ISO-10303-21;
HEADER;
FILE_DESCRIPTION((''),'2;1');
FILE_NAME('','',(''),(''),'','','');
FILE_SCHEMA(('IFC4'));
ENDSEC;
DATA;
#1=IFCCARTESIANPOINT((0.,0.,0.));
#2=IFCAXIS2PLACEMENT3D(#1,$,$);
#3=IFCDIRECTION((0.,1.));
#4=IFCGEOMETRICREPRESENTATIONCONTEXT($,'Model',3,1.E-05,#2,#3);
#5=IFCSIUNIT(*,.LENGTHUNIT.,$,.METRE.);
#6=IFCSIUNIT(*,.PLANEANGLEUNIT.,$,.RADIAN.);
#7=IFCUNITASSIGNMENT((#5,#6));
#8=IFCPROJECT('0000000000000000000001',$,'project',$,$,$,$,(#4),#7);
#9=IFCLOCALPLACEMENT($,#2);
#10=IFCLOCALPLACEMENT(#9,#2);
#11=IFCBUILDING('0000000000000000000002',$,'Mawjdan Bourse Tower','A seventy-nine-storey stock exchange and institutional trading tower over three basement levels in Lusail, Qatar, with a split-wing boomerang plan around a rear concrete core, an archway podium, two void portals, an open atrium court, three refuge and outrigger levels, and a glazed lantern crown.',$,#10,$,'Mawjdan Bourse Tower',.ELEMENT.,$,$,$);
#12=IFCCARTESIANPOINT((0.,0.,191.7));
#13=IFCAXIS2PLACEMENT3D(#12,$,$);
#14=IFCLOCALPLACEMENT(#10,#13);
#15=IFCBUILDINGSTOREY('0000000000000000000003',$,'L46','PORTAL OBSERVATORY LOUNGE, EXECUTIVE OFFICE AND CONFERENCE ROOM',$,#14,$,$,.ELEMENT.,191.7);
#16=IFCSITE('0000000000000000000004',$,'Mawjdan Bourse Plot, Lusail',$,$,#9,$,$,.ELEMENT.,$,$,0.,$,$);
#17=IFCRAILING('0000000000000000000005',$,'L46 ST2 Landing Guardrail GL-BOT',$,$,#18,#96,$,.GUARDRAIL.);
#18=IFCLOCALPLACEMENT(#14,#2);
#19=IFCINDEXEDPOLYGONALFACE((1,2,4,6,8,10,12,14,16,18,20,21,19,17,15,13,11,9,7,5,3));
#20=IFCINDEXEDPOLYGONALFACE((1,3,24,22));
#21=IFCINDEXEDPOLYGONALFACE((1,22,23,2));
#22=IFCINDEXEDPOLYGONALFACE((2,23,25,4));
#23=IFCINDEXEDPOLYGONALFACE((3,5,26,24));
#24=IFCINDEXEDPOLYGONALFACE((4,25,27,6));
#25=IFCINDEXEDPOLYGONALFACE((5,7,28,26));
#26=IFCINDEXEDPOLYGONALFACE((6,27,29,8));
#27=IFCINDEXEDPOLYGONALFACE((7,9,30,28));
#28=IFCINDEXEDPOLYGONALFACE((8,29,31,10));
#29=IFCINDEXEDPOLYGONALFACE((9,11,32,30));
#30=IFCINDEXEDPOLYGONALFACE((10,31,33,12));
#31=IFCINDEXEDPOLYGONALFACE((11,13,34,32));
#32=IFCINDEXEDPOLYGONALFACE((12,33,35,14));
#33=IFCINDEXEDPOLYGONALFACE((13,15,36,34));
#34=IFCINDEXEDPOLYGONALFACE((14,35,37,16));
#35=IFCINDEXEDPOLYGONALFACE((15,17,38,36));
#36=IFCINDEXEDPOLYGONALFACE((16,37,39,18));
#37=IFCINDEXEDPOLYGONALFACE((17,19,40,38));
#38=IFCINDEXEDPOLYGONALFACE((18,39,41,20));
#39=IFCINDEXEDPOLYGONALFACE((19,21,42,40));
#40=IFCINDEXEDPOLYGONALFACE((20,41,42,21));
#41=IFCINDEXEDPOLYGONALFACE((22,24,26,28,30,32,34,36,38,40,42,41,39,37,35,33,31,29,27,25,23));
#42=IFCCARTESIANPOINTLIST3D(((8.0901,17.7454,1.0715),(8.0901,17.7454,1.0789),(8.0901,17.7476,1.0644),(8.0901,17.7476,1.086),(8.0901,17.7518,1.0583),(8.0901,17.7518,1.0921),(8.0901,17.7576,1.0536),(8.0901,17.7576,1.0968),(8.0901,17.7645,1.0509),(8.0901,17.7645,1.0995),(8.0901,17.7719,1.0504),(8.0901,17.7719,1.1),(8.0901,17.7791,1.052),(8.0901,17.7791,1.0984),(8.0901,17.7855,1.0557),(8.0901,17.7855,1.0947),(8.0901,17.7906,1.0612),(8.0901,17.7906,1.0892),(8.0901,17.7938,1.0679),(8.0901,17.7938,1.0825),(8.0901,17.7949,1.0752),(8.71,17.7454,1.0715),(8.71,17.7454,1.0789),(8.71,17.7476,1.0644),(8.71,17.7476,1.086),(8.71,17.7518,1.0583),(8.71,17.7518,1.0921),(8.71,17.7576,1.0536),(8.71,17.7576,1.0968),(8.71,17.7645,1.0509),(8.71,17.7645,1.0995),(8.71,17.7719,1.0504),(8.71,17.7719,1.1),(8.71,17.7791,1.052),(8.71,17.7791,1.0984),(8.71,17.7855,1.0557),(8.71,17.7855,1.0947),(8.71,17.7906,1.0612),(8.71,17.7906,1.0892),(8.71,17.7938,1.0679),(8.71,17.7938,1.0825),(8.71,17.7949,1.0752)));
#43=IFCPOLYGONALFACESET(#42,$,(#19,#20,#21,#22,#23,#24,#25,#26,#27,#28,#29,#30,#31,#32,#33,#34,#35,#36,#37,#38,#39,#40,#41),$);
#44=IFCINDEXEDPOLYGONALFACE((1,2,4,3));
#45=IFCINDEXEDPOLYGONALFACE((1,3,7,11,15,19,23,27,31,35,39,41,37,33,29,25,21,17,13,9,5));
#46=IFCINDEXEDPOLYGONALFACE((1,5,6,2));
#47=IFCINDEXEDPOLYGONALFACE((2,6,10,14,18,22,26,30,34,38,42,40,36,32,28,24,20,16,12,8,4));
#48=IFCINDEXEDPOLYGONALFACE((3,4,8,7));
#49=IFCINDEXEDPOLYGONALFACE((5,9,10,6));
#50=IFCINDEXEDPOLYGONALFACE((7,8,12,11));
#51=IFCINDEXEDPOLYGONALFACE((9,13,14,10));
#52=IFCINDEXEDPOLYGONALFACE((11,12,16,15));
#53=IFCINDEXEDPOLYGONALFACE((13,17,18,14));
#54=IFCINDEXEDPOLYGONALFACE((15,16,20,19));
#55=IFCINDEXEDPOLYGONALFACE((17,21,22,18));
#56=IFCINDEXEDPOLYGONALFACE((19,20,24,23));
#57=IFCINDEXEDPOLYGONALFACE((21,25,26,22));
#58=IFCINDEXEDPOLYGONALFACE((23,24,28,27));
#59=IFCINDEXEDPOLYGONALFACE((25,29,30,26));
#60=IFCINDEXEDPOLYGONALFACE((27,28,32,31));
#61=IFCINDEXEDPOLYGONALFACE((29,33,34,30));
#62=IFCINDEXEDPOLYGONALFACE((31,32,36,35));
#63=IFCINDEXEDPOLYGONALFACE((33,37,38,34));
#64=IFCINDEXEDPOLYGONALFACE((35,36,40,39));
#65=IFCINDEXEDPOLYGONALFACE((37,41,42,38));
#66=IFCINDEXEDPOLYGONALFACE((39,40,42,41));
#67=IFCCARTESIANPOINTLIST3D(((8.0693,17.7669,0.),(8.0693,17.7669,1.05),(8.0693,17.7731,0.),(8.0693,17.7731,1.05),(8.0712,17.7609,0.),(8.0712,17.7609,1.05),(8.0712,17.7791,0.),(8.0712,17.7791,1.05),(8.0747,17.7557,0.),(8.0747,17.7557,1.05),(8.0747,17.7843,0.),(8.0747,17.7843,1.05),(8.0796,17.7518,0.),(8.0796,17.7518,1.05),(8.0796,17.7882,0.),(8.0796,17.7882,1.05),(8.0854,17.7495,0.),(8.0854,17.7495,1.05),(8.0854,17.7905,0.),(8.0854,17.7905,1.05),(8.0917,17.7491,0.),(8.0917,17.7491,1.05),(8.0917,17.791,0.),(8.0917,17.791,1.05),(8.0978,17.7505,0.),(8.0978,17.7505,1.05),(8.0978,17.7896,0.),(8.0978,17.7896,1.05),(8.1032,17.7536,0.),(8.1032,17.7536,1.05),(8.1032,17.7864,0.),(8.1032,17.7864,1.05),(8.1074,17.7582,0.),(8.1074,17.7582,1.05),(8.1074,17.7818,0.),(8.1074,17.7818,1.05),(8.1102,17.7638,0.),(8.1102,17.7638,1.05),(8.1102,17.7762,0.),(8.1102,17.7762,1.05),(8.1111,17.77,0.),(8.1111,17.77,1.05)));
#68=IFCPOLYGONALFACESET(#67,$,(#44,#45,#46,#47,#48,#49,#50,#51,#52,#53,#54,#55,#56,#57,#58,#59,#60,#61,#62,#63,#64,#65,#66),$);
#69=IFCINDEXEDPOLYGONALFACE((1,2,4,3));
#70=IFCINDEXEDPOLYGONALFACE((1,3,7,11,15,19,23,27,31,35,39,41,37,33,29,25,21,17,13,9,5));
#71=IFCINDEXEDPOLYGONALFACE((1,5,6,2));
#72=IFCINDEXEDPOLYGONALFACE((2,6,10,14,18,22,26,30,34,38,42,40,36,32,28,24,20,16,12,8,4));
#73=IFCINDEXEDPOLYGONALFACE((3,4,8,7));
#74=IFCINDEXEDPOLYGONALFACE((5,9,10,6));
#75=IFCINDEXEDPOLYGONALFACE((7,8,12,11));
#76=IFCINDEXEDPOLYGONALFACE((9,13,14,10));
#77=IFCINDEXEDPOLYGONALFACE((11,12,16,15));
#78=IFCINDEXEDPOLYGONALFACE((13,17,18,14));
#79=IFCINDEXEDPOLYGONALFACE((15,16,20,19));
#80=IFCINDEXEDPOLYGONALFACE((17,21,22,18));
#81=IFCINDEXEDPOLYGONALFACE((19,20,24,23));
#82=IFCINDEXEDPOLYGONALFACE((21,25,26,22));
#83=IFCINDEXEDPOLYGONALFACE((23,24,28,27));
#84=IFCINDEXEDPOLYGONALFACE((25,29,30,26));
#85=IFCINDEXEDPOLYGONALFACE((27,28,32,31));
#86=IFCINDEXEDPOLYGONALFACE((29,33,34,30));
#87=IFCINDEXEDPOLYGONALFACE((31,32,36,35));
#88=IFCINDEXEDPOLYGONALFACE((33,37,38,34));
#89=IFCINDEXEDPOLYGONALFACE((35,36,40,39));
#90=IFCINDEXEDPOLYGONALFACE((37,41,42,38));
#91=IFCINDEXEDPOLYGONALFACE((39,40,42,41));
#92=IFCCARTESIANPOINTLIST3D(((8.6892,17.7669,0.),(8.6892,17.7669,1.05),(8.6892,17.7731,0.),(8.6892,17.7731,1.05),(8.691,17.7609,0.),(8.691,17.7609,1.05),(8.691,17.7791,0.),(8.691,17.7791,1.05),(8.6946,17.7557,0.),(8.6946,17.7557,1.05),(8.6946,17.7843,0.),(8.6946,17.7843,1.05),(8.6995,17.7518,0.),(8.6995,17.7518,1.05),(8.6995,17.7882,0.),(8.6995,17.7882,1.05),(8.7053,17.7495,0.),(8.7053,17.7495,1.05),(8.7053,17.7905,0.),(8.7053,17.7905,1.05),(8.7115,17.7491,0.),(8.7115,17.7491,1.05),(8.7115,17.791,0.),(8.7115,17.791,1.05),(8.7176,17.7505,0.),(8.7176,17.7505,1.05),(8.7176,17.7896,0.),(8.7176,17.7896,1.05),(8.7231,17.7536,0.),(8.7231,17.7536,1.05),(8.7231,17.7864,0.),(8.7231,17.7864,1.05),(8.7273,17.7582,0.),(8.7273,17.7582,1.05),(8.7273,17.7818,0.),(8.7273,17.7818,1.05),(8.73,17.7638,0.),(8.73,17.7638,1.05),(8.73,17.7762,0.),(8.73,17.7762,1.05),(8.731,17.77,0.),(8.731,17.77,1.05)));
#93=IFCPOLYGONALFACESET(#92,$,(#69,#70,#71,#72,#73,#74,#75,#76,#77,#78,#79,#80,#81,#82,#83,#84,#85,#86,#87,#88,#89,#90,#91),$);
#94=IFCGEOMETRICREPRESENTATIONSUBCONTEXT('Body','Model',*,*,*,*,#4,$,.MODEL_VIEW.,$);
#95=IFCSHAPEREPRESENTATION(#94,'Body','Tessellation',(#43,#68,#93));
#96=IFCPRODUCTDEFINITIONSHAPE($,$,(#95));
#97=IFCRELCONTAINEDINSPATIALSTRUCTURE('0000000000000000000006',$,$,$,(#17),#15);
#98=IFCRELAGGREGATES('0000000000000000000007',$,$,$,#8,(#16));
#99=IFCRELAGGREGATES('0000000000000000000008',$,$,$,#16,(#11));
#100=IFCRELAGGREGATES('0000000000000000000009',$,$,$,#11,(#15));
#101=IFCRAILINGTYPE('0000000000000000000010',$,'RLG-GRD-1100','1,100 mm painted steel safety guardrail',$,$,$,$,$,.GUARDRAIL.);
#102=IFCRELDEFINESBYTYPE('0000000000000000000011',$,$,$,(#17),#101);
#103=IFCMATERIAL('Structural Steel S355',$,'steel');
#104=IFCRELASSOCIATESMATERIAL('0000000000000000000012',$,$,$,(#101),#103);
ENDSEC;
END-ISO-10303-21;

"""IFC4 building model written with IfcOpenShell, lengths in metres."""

from ifc_helpers import new_model, si_unit, direction, frame, origin, origin_2d, place, context, subcontext, project, spatial, circle, extrude, material, type_object, element, save


model = new_model("IFC4")

# Units and contexts
model_context = context("Model", 3, precision=1e-05, world=origin(), true_north=direction((0.0, 1.0)))
body_context = subcontext(model_context, "Body", "Model", "MODEL_VIEW")
ifc_project = project(units=[si_unit("LENGTHUNIT", "METRE"), si_unit("PLANEANGLEUNIT", "RADIAN")], contexts=[model_context])

# Site, building, storey
site_placement = place(None, origin())
site = spatial("IfcSite", under=ifc_project, at=site_placement, Name="Mawjdan Bourse Plot, Lusail", CompositionType="ELEMENT", RefElevation=0.0)
building_placement = place(site_placement, origin())
building = spatial("IfcBuilding", under=site, at=building_placement, Name="Mawjdan Bourse Tower", Description="A seventy-nine-storey stock exchange and institutional trading tower over three basement levels in Lusail, Qatar, with a split-wing boomerang plan around a rear concrete core, an archway podium, two void portals, an open atrium court, three refuge and outrigger levels, and a glazed lantern crown.", LongName="Mawjdan Bourse Tower", CompositionType="ELEMENT")
storey_placement = place(building_placement, frame((0.0, 0.0, 191.7)))
storey = spatial("IfcBuildingStorey", under=building, at=storey_placement, Name="L46", Description="PORTAL OBSERVATORY LOUNGE, EXECUTIVE OFFICE AND CONFERENCE ROOM", CompositionType="ELEMENT", Elevation=191.7)

# Shared definitions
ifc_material_1 = material(Name="Structural Steel S355", Category="steel")

# Railing
railing_type_1 = type_object("IfcRailingType", Name="RLG-GRD-1100", Description="1,100 mm painted steel safety guardrail", PredefinedType="GUARDRAIL", material=ifc_material_1)
for number, where, name in (
    (1, (8.0901, 17.77, 0.0), "L46 ST2 Landing Guardrail GL-BOT"),
):
    element("IfcRailing", number, at=place(storey_placement, frame(where)), inside=storey, type_object=railing_type_1, Name=name, PredefinedType="GUARDRAIL", context=body_context, shape_type="SweptSolid", body=[
        extrude(circle(Radius=0.0249, at=origin_2d()), frame((0.0, 0.0, 1.0752), z_axis=(1.0, 0.0, 0.0), x_axis=(0.0, 1.0, 0.0)), (0.0, 0.0, 1.0), 0.6199),
        extrude(circle(Radius=0.021, at=origin_2d()), origin(), (0.0, 0.0, 1.0), 1.05),
        extrude(circle(Radius=0.021, at=origin_2d()), frame((0.6199, 0.0, 0.0)), (0.0, 0.0, 1.0), 1.05),
    ])

save(model, "model.ifc")
